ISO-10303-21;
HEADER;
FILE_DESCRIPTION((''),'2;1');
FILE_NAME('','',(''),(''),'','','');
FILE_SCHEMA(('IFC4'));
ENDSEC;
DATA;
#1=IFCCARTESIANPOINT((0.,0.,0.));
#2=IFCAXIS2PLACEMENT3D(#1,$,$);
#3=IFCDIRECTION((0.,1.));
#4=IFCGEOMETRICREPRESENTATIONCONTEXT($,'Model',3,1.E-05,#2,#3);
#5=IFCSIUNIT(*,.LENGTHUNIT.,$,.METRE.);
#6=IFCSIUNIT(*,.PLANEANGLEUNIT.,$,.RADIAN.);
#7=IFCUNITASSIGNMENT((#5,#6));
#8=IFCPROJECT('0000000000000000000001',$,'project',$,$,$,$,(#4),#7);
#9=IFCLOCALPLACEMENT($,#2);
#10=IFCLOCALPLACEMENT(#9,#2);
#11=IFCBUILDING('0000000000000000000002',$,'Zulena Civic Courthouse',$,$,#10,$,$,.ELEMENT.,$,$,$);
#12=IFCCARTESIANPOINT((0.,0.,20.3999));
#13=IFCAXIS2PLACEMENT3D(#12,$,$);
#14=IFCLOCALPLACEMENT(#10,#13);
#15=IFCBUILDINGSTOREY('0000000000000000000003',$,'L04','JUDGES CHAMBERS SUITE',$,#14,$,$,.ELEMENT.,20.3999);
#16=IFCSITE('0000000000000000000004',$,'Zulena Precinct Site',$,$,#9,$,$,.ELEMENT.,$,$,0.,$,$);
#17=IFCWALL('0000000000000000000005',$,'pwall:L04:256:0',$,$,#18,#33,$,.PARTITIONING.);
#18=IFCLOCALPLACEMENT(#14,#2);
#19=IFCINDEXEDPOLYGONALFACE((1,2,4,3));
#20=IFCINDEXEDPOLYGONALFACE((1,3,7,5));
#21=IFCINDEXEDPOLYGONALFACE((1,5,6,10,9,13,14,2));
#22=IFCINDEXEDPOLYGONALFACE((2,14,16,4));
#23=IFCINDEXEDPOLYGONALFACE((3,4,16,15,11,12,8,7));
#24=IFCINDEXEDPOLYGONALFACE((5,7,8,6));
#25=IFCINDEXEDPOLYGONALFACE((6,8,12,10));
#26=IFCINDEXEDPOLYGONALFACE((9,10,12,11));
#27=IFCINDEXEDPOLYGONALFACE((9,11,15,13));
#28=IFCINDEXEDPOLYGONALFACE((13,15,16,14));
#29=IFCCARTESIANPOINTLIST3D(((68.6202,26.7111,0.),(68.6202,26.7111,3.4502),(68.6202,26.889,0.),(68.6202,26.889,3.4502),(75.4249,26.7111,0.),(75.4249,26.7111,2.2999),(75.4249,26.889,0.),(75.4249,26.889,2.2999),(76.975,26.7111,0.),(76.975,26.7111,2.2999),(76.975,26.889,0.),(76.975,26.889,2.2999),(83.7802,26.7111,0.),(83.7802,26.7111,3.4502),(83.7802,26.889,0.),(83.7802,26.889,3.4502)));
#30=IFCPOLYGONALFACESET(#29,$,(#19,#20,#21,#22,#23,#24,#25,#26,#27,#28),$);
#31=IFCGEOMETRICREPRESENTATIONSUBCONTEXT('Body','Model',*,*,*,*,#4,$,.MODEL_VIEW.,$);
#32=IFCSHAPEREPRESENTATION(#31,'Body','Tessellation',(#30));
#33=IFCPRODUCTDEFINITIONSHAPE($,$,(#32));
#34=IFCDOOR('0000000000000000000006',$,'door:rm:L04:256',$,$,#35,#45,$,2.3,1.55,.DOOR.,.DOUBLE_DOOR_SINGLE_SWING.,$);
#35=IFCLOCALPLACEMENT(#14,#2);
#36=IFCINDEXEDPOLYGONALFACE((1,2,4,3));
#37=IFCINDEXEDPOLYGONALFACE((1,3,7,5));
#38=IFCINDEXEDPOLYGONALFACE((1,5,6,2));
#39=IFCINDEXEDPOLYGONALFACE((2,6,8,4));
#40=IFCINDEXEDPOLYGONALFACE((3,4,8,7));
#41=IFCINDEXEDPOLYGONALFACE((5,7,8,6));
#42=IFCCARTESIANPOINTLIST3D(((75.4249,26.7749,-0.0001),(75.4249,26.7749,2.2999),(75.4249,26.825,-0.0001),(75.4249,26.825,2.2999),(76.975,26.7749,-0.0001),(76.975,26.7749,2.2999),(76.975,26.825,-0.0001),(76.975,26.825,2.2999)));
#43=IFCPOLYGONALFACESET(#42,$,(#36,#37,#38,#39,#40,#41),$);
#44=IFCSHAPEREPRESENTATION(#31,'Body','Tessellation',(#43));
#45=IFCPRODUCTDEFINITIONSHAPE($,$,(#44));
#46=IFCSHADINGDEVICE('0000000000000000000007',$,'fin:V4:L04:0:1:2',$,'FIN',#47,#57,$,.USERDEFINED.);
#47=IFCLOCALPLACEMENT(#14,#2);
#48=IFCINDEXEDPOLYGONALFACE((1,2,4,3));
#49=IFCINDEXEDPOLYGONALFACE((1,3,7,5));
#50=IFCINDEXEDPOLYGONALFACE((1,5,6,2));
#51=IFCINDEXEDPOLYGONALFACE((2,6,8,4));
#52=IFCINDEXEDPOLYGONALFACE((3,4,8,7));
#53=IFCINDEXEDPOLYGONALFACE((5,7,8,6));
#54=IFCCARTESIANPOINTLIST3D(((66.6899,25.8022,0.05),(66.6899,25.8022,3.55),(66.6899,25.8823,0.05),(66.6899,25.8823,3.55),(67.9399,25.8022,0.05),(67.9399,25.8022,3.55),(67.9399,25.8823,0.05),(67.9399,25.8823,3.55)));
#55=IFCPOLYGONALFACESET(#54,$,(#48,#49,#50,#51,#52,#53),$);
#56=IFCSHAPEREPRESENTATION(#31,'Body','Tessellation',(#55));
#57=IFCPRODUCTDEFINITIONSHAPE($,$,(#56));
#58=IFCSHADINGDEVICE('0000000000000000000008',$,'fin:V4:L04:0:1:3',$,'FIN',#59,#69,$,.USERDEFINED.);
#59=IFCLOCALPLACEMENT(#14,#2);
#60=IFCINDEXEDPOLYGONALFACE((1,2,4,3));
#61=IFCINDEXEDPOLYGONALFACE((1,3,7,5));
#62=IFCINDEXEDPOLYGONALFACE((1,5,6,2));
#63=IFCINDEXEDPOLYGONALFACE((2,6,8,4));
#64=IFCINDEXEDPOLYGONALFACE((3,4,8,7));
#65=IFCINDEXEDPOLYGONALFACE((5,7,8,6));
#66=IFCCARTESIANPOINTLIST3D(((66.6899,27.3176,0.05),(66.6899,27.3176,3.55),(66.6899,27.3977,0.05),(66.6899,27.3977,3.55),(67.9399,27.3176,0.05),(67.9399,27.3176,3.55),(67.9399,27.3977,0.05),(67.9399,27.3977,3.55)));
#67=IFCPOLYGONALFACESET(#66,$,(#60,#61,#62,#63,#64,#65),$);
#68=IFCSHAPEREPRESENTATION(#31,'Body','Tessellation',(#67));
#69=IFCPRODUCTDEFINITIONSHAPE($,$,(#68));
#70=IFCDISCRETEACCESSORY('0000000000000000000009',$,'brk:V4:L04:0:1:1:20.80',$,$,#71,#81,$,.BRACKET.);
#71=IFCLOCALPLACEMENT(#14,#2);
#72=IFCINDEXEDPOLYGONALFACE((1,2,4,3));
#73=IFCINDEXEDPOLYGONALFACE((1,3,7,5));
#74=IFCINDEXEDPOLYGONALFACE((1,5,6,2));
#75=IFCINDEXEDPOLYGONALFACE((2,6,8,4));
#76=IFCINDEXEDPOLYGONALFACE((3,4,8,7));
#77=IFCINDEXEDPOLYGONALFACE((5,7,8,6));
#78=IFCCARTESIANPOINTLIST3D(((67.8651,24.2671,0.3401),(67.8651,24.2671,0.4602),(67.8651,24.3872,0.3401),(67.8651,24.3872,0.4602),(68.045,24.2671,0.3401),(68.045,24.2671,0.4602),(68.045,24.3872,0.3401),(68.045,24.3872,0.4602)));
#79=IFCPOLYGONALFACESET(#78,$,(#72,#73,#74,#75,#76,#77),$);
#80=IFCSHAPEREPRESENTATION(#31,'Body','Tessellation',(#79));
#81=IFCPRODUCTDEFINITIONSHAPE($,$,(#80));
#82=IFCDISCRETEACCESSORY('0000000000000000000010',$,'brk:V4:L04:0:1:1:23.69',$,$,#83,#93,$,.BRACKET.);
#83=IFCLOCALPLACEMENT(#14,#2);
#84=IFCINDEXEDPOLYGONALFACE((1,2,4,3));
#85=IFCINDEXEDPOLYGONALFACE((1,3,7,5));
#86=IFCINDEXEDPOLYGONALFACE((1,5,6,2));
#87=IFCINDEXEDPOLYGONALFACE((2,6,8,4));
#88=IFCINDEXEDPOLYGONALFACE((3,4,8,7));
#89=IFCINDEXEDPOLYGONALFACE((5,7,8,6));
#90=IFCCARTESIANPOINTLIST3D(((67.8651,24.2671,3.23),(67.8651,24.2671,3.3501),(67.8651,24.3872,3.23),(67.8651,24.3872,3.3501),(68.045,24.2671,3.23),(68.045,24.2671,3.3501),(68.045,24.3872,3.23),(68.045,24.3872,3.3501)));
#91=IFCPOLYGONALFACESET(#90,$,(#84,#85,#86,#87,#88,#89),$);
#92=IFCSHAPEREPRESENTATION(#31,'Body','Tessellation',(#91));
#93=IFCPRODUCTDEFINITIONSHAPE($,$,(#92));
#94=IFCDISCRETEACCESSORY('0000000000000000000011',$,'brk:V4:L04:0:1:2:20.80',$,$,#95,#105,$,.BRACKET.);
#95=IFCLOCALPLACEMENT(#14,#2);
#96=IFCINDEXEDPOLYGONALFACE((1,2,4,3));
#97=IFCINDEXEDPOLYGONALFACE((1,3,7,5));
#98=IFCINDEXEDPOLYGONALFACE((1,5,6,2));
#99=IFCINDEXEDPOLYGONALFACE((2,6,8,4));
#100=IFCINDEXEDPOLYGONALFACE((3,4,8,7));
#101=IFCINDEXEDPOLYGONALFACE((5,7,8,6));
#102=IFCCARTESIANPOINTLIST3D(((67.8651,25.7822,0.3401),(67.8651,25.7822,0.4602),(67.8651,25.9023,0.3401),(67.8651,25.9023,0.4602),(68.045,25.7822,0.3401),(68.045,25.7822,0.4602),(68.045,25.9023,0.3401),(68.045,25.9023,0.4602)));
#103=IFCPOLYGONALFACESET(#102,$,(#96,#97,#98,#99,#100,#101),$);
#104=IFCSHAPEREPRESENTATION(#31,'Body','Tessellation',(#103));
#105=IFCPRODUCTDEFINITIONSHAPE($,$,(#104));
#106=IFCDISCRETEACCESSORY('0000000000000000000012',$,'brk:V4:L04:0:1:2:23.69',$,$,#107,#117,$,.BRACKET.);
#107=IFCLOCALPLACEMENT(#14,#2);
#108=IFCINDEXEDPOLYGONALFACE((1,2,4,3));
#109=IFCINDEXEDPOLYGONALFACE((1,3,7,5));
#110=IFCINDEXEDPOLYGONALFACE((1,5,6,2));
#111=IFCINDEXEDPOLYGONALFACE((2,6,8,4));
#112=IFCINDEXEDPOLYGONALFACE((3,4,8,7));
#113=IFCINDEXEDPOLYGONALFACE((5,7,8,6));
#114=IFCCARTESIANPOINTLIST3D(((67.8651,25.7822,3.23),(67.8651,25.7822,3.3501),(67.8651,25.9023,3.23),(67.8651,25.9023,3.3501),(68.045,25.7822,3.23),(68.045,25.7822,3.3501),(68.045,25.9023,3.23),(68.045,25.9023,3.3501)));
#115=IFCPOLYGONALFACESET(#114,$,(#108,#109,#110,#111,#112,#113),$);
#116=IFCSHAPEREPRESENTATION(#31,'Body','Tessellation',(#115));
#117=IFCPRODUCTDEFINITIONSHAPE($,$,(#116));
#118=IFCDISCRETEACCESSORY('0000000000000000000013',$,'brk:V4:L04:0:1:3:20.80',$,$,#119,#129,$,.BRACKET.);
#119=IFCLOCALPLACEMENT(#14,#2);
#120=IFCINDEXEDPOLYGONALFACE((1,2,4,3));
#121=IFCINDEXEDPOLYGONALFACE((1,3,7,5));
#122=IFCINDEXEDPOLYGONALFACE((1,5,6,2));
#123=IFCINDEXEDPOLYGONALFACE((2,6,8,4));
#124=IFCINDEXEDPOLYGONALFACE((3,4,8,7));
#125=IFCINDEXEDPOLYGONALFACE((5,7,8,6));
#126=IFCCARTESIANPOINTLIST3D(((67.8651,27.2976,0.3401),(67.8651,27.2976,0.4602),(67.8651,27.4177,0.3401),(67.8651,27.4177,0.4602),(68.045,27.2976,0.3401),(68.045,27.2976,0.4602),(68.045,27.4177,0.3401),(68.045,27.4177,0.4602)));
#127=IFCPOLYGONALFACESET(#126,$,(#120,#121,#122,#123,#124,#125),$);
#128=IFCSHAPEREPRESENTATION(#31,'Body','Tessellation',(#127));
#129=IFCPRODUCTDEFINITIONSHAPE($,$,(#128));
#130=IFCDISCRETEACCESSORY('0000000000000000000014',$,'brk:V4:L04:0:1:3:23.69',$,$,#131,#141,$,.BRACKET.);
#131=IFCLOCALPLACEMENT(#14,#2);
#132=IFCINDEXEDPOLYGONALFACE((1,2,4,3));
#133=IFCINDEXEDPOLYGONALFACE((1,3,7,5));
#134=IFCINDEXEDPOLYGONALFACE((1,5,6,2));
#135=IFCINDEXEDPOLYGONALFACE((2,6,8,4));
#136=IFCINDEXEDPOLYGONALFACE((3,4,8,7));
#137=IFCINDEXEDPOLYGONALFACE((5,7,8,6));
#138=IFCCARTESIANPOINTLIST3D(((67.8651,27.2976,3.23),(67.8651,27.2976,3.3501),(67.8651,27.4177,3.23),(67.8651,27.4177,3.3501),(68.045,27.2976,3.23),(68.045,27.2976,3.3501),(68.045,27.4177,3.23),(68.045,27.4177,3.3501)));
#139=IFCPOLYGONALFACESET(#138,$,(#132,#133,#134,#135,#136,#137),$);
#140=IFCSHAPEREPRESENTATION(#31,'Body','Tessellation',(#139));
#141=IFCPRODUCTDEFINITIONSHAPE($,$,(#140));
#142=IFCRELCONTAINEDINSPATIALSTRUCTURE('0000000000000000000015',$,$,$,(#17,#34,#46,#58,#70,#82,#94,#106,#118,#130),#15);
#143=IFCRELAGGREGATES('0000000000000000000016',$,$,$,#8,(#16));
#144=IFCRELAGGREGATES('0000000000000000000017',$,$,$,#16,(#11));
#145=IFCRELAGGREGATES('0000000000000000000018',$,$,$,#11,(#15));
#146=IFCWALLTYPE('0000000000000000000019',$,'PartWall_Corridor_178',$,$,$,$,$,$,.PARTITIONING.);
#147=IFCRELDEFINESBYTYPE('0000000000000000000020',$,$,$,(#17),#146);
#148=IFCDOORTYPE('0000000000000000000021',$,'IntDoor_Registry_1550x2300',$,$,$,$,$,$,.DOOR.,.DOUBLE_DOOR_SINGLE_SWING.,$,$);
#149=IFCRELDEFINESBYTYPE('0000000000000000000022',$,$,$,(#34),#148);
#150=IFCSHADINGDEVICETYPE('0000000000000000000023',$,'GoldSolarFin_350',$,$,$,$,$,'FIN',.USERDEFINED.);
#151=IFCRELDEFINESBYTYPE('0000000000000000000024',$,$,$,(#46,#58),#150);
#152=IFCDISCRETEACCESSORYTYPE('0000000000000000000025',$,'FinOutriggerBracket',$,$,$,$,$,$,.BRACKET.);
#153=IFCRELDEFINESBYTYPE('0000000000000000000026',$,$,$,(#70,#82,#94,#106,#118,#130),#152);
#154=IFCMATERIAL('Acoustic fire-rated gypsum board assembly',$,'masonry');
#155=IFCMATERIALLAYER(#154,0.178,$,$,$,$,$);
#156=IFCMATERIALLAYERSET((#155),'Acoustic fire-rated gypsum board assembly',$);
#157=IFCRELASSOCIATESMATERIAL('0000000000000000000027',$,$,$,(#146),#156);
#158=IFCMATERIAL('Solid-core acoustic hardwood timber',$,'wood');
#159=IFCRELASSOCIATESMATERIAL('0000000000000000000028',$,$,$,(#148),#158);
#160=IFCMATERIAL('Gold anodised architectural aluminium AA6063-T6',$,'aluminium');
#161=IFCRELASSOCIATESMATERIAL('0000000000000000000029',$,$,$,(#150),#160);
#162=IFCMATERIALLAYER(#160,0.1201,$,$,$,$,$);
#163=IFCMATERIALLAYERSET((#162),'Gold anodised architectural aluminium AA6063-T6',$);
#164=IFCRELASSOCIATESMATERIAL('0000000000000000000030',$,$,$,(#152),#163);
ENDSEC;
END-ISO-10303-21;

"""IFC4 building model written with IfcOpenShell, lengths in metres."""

from ifc_helpers import new_model, si_unit, direction, frame, frame_2d, origin, origin_2d, place, context, subcontext, project, spatial, rectangle, extrude, material, layer, layer_set, type_object, element, fill, save


model = new_model("IFC4")

# Units and contexts
model_context = context("Model", 3, precision=1e-05, world=origin(), true_north=direction((0.0, 1.0)))
body_context = subcontext(model_context, "Body", "Model", "MODEL_VIEW")
ifc_project = project(units=[si_unit("LENGTHUNIT", "METRE"), si_unit("PLANEANGLEUNIT", "RADIAN")], contexts=[model_context])

# Site, building, storey
site_placement = place(None, origin())
site = spatial("IfcSite", under=ifc_project, at=site_placement, Name="Zulena Precinct Site", CompositionType="ELEMENT", RefElevation=0.0)
building_placement = place(site_placement, origin())
building = spatial("IfcBuilding", under=site, at=building_placement, Name="Zulena Civic Courthouse", CompositionType="ELEMENT")
storey_placement = place(building_placement, frame((0.0, 0.0, 20.3999)))
storey = spatial("IfcBuildingStorey", under=building, at=storey_placement, Name="L04", Description="JUDGES CHAMBERS SUITE", CompositionType="ELEMENT", Elevation=20.3999)

# Wall, opening, door
ifc_material_1 = material(Name="Acoustic fire-rated gypsum board assembly", Category="masonry")
ifc_layer_1 = layer(ifc_material_1, 0.178)
ifc_layer_set_1 = layer_set([ifc_layer_1], Name="Acoustic fire-rated gypsum board assembly")
wall_type = type_object("IfcWallType", Name="PartWall_Corridor_178", PredefinedType="PARTITIONING", material=ifc_layer_set_1)
wall_placement = place(storey_placement, frame((68.6201, 26.8, 0.0), z_axis=(0.0, 0.0, 1.0), x_axis=(1.0, 0.0, 0.0)))
wall = element("IfcWall", 1, at=wall_placement, inside=storey, type_object=wall_type, Name="pwall:L04:256:0", PredefinedType="PARTITIONING", context=body_context, shape_type="SweptSolid", body=[
    extrude(rectangle(XDim=15.1599, YDim=0.178, at=frame_2d((7.5801, 0.0))), origin(), (0.0, 0.0, 1.0), 3.4502),
])
opening_placement = place(wall_placement, frame((6.8049, 0.0, 0.0)))
opening = element("IfcOpeningElement", 2, at=opening_placement, cuts=wall, PredefinedType="OPENING", context=body_context, shape_type="SweptSolid", body=[
    extrude(rectangle(XDim=1.55, YDim=2.3, at=frame_2d((0.7749, 1.1499))), frame((0.0, 0.0989, 0.0), z_axis=(0.0, -1.0, 0.0), x_axis=(1.0, 0.0, 0.0)), (0.0, 0.0, 1.0), 0.198),
])
ifc_material_2 = material(Name="Solid-core acoustic hardwood timber", Category="wood")
door_type = type_object("IfcDoorType", Name="IntDoor_Registry_1550x2300", OperationType="DOUBLE_DOOR_SINGLE_SWING", PredefinedType="DOOR", material=ifc_material_2)
door_placement = place(opening_placement, origin())
door = element("IfcDoor", 3, at=door_placement, inside=storey, type_object=door_type, Name="door:rm:L04:256", OperationType="DOUBLE_DOOR_SINGLE_SWING", OverallHeight=2.3, OverallWidth=1.55, PredefinedType="DOOR", context=body_context, shape_type="SweptSolid", body=[
    extrude(rectangle(XDim=1.55, YDim=2.3, at=frame_2d((0.7749, 1.1499))), frame((0.0, 0.0249, 0.0), z_axis=(0.0, -1.0, 0.0), x_axis=(1.0, 0.0, 0.0)), (0.0, 0.0, 1.0), 0.05),
])
fill(opening, door)

# Shading devices
ifc_material_3 = material(Name="Gold anodised architectural aluminium AA6063-T6", Category="aluminium")
shading_device_type = type_object("IfcShadingDeviceType", Name="GoldSolarFin_350", ElementType="FIN", PredefinedType="USERDEFINED", material=ifc_material_3)
for number, where, z_axis, x_axis, name in (
    (4, (67.3149, 25.8423, 0.05), (0.0, 0.0, 1.0), (-1.0, 0.0, 0.0), "fin:V4:L04:0:1:2"),
    (5, (67.3149, 27.3577, 0.05), (0.0, 0.0, 1.0), (-1.0, 0.0, 0.0), "fin:V4:L04:0:1:3"),
):
    element("IfcShadingDevice", number, at=place(storey_placement, frame(where, z_axis=z_axis, x_axis=x_axis)), inside=storey, type_object=shading_device_type, Name=name, ObjectType="FIN", PredefinedType="USERDEFINED", context=body_context, shape_type="SweptSolid", body=[
        extrude(rectangle(XDim=1.25, YDim=0.0801, at=origin_2d()), origin(), (0.0, 0.0, 1.0), 3.5),
    ])

# Discrete accessories
ifc_layer_2 = layer(ifc_material_3, 0.1201)
ifc_layer_set_2 = layer_set([ifc_layer_2], Name="Gold anodised architectural aluminium AA6063-T6")
discrete_accessory_type = type_object("IfcDiscreteAccessoryType", Name="FinOutriggerBracket", PredefinedType="BRACKET", material=ifc_layer_set_2)
for number, where, z_axis, x_axis, name in (
    (6, (67.9551, 24.3271, 0.3401), (0.0, 0.0, 1.0), (-1.0, 0.0, 0.0), "brk:V4:L04:0:1:1:20.80"),
    (7, (67.9551, 24.3271, 3.23), (0.0, 0.0, 1.0), (-1.0, 0.0, 0.0), "brk:V4:L04:0:1:1:23.69"),
    (8, (67.9551, 25.8423, 0.3401), (0.0, 0.0, 1.0), (-1.0, 0.0, 0.0), "brk:V4:L04:0:1:2:20.80"),
    (9, (67.9551, 25.8423, 3.23), (0.0, 0.0, 1.0), (-1.0, 0.0, 0.0), "brk:V4:L04:0:1:2:23.69"),
    (10, (67.9551, 27.3577, 0.3401), (0.0, 0.0, 1.0), (-1.0, 0.0, 0.0), "brk:V4:L04:0:1:3:20.80"),
    (11, (67.9551, 27.3577, 3.23), (0.0, 0.0, 1.0), (-1.0, 0.0, 0.0), "brk:V4:L04:0:1:3:23.69"),
):
    element("IfcDiscreteAccessory", number, at=place(storey_placement, frame(where, z_axis=z_axis, x_axis=x_axis)), inside=storey, type_object=discrete_accessory_type, Name=name, PredefinedType="BRACKET", context=body_context, shape_type="SweptSolid", body=[
        extrude(rectangle(XDim=0.1799, YDim=0.1201, at=origin_2d()), origin(), (0.0, 0.0, 1.0), 0.1201),
    ])

save(model, "model.ifc")
